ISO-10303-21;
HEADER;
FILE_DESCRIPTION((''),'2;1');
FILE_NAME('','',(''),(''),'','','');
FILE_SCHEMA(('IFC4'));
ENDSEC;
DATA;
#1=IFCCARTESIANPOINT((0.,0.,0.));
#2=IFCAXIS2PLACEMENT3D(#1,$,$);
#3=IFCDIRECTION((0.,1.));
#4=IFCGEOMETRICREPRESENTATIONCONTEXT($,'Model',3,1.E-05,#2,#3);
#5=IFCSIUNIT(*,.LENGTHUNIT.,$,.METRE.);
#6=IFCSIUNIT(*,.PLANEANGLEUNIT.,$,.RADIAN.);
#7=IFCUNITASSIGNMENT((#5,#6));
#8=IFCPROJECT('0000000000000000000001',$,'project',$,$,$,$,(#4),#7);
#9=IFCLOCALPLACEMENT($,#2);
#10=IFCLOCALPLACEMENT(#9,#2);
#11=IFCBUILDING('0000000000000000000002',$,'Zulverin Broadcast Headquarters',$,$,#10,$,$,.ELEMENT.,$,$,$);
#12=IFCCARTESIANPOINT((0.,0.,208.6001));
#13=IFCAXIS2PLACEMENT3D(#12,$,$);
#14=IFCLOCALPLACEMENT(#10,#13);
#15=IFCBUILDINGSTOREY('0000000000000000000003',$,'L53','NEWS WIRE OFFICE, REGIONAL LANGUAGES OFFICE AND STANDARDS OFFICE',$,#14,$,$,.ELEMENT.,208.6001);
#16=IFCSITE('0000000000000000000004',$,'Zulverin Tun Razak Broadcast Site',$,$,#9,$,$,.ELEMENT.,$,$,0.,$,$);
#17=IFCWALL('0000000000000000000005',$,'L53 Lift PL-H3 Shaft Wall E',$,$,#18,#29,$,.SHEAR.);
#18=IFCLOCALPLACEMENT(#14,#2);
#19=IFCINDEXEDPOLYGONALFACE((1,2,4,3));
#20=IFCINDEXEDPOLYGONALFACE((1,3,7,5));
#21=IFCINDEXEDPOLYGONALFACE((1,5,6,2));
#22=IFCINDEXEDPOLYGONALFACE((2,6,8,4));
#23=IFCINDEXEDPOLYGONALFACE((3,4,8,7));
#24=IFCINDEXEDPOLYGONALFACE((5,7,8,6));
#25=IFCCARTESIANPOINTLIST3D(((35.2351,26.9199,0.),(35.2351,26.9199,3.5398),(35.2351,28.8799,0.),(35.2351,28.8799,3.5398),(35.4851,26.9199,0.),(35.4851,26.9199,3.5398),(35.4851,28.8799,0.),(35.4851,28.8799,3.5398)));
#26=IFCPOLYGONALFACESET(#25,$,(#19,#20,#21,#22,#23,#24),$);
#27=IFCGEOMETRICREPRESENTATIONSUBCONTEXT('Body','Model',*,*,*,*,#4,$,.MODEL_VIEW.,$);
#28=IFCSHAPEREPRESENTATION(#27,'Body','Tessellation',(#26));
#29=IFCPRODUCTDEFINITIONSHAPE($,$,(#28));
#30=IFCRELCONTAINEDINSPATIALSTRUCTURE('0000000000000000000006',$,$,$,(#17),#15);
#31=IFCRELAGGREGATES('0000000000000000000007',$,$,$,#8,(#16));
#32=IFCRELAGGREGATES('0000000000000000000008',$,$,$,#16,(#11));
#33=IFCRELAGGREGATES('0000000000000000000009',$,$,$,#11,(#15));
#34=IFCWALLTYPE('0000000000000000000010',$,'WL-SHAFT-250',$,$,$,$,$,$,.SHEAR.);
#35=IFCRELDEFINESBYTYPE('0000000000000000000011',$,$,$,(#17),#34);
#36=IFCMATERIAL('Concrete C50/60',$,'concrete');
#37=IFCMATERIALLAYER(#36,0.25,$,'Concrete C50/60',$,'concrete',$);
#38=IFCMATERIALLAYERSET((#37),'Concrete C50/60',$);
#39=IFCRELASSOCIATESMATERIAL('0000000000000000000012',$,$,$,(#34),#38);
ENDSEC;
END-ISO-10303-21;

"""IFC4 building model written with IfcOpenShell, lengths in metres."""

from ifc_helpers import new_model, si_unit, direction, frame, frame_2d, origin, place, context, subcontext, project, spatial, rectangle, extrude, material, layer, layer_set, type_object, element, save


model = new_model("IFC4")

# Units and contexts
model_context = context("Model", 3, precision=1e-05, world=origin(), true_north=direction((0.0, 1.0)))
body_context = subcontext(model_context, "Body", "Model", "MODEL_VIEW")
ifc_project = project(units=[si_unit("LENGTHUNIT", "METRE"), si_unit("PLANEANGLEUNIT", "RADIAN")], contexts=[model_context])

# Site, building, storey
site_placement = place(None, origin())
site = spatial("IfcSite", under=ifc_project, at=site_placement, Name="Zulverin Tun Razak Broadcast Site", CompositionType="ELEMENT", RefElevation=0.0)
building_placement = place(site_placement, origin())
building = spatial("IfcBuilding", under=site, at=building_placement, Name="Zulverin Broadcast Headquarters", CompositionType="ELEMENT")
storey_placement = place(building_placement, frame((0.0, 0.0, 208.6001)))
storey = spatial("IfcBuildingStorey", under=building, at=storey_placement, Name="L53", Description="NEWS WIRE OFFICE, REGIONAL LANGUAGES OFFICE AND STANDARDS OFFICE", CompositionType="ELEMENT", Elevation=208.6001)

# Shared definitions
ifc_material_1 = material(Name="Concrete C50/60", Category="concrete")
ifc_layer_1 = layer(ifc_material_1, 0.25, Name="Concrete C50/60", Category="concrete")
ifc_layer_set_1 = layer_set([ifc_layer_1], Name="Concrete C50/60")
wall_type_1 = type_object("IfcWallType", Name="WL-SHAFT-250", PredefinedType="SHEAR", material=ifc_layer_set_1)

# Wall
wall_1_placement = place(storey_placement, frame((35.3601, 26.9199, 0.0), z_axis=(0.0, 0.0, 1.0), x_axis=(0.0, 1.0, 0.0)))
element("IfcWall", 1, at=wall_1_placement, inside=storey, type_object=wall_type_1, Name="L53 Lift PL-H3 Shaft Wall E", PredefinedType="SHEAR", context=body_context, shape_type="SweptSolid", body=[
    extrude(rectangle(XDim=1.96, YDim=0.25, at=frame_2d((0.98, 0.0))), origin(), (0.0, 0.0, 1.0), 3.5398),
])

save(model, "model.ifc")
